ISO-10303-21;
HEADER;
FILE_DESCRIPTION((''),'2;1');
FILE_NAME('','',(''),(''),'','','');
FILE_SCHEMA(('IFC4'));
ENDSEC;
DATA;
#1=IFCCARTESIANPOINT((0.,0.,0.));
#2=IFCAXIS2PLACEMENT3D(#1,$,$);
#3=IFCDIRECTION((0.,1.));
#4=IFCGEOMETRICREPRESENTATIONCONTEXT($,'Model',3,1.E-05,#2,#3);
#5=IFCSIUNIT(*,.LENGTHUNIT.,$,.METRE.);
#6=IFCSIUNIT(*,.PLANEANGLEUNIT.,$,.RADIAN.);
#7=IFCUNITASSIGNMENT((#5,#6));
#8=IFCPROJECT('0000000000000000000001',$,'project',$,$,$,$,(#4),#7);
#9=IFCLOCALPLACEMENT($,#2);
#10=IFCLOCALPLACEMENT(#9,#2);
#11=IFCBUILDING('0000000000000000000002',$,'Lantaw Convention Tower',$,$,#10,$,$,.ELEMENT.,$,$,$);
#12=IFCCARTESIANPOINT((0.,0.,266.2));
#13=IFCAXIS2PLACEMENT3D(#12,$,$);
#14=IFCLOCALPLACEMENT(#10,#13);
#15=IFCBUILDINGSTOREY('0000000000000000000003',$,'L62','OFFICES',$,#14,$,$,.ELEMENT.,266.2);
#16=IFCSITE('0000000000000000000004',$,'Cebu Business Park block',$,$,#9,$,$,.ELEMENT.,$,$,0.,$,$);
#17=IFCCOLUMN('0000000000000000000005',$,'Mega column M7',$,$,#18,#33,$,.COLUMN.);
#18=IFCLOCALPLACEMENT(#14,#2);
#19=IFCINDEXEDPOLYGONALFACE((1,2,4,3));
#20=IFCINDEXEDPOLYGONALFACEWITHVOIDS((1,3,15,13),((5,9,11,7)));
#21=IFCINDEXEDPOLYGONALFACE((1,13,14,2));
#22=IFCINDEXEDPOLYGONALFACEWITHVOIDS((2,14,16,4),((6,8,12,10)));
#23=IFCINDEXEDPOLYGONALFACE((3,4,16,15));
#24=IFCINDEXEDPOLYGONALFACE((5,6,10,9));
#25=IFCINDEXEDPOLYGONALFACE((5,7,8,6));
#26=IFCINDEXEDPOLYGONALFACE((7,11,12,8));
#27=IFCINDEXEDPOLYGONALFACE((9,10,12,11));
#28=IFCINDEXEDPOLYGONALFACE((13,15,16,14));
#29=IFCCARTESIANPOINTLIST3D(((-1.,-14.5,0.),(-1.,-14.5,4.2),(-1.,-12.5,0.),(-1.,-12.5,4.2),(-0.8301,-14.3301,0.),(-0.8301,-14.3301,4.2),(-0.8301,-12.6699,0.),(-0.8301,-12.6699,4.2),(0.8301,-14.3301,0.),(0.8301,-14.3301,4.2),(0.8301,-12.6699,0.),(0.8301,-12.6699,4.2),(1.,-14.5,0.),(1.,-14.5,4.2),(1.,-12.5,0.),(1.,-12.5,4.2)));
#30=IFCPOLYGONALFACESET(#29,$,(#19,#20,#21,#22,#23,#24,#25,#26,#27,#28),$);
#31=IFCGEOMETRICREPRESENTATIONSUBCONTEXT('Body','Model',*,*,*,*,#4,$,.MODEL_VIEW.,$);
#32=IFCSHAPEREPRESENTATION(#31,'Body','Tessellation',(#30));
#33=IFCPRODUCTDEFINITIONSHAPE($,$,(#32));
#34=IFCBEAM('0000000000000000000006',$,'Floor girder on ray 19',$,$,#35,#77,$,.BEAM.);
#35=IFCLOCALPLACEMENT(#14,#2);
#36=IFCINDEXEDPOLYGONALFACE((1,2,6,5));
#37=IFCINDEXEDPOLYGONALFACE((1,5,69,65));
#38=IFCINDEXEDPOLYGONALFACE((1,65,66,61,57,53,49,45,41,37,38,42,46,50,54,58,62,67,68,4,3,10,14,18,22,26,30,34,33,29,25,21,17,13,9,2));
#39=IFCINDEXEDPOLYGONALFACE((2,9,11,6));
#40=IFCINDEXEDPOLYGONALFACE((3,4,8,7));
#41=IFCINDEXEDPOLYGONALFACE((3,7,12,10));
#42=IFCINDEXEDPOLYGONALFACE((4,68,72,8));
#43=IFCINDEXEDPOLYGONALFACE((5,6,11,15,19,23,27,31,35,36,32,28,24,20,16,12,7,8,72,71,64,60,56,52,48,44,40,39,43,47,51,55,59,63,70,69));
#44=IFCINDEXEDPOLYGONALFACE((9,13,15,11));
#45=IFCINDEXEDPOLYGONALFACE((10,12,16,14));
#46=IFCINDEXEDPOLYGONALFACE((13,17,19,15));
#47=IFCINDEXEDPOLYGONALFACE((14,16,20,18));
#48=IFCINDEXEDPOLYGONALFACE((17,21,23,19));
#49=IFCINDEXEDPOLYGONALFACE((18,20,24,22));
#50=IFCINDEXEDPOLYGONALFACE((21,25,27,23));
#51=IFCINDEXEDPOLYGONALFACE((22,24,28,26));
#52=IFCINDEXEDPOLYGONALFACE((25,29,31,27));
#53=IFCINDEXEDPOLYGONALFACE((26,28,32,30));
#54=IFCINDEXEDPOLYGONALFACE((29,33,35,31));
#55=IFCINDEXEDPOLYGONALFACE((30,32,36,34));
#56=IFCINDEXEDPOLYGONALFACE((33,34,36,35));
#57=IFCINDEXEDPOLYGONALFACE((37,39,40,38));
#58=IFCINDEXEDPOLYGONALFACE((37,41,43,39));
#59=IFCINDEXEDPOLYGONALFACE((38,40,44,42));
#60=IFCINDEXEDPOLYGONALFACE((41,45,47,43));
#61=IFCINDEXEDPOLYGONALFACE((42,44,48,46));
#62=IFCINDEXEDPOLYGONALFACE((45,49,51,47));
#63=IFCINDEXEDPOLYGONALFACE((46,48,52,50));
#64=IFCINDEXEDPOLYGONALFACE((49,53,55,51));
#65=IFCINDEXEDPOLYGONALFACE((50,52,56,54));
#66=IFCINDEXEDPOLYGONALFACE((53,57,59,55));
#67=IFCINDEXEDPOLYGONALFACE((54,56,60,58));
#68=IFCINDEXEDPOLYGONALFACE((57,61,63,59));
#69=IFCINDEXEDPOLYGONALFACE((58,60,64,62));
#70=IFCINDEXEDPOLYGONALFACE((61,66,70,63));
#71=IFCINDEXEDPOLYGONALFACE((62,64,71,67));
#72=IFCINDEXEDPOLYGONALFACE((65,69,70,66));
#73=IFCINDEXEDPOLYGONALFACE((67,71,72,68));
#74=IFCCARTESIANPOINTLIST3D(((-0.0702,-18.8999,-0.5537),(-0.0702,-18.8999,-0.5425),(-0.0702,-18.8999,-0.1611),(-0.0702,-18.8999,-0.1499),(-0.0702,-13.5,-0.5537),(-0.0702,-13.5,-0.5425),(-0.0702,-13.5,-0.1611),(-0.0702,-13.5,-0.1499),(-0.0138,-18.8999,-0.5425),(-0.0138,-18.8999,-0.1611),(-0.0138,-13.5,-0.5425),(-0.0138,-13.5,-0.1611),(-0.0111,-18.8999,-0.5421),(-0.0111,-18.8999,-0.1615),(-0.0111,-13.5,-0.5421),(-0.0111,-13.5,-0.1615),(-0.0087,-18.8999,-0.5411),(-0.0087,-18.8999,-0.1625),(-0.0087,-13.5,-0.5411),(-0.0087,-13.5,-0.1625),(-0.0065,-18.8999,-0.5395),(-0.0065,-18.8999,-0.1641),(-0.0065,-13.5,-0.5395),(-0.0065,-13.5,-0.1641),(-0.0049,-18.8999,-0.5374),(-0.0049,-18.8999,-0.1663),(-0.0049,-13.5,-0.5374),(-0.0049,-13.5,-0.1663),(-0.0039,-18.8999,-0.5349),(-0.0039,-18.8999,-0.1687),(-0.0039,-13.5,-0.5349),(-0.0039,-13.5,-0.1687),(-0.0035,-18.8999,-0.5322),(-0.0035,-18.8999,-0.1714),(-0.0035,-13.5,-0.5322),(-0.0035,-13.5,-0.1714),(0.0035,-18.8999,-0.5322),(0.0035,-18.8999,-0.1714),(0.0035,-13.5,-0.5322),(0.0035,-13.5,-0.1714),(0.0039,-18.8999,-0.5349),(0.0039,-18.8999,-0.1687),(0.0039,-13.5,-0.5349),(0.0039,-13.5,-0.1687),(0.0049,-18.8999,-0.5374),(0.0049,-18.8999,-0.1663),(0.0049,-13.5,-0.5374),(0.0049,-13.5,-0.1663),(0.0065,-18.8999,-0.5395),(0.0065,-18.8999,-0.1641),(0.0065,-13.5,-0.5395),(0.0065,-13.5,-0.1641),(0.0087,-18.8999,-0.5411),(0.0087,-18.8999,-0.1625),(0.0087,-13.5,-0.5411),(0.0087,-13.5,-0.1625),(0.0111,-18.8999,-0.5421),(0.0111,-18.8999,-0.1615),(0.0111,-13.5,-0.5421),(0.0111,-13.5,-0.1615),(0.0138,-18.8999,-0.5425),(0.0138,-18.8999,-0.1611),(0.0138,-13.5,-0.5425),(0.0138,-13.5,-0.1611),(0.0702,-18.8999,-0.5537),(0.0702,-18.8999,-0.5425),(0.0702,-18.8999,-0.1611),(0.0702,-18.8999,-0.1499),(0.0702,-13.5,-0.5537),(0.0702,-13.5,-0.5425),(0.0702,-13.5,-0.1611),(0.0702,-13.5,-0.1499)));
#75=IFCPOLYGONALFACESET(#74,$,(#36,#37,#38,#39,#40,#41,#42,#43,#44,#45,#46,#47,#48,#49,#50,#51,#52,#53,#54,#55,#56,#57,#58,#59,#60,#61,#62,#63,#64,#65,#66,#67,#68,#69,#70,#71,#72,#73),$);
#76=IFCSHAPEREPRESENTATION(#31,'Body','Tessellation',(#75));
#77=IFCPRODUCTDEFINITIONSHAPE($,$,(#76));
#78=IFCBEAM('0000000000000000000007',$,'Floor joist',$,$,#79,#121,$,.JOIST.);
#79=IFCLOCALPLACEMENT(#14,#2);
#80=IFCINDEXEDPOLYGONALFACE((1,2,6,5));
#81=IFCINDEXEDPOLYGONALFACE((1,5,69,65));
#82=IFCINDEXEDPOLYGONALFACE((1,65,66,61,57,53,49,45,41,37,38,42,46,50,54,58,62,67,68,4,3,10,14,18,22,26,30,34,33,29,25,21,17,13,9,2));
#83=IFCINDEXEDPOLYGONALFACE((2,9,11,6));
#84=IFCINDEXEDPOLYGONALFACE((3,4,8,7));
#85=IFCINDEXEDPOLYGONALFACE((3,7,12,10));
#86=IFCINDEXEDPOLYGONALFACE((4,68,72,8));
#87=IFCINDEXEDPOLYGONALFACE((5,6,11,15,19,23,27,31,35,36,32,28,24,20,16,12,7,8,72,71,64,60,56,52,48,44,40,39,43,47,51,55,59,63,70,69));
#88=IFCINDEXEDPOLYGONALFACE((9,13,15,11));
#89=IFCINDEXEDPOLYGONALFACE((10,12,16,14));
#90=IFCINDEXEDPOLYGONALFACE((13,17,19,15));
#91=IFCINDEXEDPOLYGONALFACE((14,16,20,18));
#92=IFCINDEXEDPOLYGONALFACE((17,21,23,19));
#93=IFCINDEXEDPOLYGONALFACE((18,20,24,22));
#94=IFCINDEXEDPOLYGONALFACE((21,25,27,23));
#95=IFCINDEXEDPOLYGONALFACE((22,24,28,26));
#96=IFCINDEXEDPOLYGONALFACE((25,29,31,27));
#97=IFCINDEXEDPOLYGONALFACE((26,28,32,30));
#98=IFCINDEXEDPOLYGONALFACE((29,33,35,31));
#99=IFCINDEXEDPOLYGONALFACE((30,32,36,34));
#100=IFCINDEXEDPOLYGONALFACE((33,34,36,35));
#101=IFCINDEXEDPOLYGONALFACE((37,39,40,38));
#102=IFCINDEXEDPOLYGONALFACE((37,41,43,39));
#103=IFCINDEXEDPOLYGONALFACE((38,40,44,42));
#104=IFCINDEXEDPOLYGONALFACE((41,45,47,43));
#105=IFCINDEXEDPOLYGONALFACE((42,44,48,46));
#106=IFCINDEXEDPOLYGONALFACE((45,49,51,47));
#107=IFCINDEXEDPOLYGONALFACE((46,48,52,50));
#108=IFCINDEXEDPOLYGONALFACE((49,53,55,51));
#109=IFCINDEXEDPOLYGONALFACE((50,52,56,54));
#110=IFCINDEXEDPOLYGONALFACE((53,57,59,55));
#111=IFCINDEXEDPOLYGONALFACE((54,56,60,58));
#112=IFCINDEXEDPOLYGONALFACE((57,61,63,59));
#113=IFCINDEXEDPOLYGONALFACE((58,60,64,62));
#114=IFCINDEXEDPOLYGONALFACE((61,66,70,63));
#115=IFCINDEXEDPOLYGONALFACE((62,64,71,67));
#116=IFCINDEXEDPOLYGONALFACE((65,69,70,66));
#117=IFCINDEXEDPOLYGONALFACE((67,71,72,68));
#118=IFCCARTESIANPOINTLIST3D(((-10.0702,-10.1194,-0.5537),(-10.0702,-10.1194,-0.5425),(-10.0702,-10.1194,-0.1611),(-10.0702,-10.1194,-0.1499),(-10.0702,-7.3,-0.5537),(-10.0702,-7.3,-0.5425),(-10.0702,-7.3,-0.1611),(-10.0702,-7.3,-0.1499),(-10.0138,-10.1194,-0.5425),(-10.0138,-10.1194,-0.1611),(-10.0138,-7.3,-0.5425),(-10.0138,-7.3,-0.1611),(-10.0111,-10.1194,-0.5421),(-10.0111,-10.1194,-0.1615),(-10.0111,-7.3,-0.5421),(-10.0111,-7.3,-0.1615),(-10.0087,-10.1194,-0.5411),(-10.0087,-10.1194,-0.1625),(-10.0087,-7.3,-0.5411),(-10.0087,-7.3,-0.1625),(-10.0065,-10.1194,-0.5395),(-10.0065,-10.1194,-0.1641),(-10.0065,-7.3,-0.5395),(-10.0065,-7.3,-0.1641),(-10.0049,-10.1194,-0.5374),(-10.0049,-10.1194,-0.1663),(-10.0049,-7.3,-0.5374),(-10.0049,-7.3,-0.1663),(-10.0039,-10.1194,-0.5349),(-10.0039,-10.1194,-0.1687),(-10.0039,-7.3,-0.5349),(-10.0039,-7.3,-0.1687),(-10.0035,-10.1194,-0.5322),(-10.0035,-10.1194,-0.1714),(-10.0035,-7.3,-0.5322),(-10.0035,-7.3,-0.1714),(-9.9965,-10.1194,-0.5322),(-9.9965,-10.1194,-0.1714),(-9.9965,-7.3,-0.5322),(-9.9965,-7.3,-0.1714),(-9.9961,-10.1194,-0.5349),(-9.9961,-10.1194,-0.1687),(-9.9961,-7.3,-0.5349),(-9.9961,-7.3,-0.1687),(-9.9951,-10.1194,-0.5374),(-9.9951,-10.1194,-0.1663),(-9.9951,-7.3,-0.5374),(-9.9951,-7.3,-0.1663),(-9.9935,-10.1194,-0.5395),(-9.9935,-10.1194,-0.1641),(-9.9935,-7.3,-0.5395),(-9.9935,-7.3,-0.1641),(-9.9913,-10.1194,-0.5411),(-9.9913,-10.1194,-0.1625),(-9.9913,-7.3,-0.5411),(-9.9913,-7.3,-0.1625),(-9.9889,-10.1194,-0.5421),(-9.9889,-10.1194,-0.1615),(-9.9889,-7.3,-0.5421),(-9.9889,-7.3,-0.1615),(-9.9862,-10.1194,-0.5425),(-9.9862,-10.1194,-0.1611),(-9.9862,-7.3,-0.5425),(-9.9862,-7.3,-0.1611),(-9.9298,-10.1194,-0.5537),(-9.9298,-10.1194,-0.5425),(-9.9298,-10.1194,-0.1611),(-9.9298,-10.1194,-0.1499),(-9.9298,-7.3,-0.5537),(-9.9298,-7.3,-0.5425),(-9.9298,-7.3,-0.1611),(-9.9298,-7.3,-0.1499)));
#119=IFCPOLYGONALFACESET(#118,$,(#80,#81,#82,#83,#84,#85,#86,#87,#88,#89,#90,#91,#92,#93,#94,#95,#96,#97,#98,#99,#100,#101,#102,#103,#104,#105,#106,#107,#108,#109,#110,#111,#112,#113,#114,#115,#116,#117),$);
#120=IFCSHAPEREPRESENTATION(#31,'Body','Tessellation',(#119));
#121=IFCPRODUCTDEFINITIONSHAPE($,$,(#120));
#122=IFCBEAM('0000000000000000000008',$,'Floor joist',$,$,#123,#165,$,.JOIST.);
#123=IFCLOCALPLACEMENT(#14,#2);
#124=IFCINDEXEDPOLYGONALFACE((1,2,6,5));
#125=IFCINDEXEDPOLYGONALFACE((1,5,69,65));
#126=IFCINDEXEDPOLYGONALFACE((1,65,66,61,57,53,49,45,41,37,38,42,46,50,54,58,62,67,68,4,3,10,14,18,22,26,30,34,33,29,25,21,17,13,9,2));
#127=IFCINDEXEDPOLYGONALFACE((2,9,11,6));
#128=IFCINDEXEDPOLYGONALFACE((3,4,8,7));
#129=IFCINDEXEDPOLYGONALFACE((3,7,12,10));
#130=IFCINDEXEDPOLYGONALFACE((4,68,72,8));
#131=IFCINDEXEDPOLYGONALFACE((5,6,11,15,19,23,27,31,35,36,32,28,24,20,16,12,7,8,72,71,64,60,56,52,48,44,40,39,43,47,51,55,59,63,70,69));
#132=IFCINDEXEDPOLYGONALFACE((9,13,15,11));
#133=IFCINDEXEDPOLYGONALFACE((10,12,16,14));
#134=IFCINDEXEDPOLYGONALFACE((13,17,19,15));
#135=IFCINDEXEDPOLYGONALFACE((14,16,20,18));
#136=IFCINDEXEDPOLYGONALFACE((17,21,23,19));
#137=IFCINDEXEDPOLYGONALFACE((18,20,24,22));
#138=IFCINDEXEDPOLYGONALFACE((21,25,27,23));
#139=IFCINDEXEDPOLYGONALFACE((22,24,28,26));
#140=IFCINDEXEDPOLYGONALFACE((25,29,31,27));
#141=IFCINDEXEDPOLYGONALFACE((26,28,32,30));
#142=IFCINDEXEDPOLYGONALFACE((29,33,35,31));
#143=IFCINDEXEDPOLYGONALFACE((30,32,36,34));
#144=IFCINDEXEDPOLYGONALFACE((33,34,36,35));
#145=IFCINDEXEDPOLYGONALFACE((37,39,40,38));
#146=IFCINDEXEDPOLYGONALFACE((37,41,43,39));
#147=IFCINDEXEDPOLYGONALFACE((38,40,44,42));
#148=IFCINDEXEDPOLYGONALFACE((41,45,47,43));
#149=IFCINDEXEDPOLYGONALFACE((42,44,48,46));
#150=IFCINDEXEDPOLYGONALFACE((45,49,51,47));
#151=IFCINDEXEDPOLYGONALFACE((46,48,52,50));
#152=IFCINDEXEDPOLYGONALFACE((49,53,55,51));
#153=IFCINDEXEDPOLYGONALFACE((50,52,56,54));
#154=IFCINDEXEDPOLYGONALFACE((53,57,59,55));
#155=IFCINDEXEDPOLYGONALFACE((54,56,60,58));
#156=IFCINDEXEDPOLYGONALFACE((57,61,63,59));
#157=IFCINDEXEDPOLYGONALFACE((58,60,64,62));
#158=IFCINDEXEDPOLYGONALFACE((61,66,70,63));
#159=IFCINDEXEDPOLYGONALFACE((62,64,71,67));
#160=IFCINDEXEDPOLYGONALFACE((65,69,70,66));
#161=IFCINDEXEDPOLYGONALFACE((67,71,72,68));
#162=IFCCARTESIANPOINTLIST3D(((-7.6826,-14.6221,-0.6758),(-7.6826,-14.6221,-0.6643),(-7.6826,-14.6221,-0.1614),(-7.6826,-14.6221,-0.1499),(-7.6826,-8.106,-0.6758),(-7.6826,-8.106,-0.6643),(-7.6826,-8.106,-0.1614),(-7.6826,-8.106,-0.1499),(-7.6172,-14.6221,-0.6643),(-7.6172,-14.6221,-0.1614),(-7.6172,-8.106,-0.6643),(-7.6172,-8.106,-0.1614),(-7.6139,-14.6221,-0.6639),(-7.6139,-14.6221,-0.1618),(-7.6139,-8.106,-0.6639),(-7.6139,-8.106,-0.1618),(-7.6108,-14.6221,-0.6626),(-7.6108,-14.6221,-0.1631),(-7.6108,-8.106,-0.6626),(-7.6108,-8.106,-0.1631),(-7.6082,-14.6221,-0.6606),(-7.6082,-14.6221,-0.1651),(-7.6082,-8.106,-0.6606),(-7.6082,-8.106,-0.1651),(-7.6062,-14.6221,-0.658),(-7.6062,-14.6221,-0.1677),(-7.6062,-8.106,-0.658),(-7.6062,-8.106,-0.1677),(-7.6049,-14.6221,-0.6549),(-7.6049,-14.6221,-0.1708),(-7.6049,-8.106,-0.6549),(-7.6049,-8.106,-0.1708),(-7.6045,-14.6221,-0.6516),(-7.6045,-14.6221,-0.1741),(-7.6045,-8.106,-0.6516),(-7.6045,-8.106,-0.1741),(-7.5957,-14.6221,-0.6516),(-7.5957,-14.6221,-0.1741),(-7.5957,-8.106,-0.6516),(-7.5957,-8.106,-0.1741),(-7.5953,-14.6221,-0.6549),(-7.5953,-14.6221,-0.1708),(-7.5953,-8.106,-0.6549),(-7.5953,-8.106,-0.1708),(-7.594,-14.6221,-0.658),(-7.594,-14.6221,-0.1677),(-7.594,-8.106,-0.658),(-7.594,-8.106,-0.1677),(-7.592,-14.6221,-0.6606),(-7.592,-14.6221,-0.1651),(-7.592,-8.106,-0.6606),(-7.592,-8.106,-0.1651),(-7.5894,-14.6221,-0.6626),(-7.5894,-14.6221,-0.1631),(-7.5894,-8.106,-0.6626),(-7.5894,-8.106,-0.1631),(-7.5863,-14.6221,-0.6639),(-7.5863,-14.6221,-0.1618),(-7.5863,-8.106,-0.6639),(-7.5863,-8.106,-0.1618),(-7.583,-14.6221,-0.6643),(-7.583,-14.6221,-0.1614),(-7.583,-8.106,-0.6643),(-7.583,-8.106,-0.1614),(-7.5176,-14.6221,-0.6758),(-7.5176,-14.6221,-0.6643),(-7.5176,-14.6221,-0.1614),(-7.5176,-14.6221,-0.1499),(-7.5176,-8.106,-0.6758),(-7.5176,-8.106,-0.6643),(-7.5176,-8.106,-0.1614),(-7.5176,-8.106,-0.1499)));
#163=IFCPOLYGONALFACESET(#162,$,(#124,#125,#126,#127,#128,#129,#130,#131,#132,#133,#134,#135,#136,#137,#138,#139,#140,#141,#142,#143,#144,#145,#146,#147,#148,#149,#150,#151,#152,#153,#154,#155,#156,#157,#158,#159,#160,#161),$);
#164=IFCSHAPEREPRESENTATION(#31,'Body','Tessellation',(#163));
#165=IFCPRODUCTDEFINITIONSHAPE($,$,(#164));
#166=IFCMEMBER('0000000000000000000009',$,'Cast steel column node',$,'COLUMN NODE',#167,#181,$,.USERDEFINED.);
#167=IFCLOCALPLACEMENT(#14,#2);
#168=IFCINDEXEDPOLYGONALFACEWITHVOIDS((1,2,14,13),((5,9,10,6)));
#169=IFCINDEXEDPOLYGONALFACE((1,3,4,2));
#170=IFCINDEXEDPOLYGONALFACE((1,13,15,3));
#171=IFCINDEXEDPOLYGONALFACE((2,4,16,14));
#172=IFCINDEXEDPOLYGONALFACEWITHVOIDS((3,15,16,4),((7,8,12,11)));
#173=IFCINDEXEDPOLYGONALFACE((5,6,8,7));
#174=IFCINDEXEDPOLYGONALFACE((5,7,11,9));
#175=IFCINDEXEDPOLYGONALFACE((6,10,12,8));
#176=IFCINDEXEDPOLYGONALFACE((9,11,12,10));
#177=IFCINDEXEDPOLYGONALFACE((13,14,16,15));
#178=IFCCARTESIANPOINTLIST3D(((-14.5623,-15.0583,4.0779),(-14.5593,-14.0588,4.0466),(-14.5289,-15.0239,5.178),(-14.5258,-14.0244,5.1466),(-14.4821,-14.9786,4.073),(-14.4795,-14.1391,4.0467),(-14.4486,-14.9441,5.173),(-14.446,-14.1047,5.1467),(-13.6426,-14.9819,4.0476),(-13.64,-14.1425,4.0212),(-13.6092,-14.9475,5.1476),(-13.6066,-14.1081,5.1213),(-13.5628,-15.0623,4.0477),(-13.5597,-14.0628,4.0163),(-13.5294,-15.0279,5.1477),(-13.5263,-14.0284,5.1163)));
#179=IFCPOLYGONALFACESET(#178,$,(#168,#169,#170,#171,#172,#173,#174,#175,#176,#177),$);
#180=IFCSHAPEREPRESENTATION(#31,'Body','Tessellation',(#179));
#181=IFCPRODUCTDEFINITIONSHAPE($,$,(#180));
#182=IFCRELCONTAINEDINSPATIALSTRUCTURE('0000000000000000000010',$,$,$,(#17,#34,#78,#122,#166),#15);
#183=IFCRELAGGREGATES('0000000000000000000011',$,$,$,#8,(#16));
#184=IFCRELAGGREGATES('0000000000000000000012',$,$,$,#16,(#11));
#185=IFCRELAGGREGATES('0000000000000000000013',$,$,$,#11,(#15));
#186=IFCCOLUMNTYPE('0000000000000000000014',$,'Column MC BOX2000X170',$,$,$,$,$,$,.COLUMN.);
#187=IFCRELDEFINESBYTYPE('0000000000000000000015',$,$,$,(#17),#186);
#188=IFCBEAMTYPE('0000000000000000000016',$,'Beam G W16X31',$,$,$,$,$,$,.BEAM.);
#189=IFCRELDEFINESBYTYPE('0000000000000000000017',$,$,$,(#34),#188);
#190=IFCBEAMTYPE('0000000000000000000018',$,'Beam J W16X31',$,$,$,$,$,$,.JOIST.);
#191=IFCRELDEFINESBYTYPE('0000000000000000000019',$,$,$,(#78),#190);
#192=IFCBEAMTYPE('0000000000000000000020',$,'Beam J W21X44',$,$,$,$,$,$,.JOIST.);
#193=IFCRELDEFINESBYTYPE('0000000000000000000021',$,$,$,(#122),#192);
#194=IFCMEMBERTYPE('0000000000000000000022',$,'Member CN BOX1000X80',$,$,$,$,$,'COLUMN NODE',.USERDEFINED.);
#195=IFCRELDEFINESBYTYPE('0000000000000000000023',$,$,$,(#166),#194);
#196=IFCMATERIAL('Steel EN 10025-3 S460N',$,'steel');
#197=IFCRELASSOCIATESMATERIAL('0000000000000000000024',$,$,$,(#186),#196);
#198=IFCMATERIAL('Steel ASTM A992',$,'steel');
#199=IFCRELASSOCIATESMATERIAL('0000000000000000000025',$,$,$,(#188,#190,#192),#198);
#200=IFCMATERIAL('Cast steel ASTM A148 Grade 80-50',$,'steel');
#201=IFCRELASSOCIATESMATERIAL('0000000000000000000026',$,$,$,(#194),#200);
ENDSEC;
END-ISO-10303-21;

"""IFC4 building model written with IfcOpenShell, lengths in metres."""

from ifc_helpers import new_model, si_unit, direction, frame, origin, origin_2d, place, context, subcontext, project, spatial, rectangle, hollow_rectangle, i_section, extrude, material, material_profile, profile_set, type_object, element, save


model = new_model("IFC4")

# Units and contexts
model_context = context("Model", 3, precision=1e-05, world=origin(), true_north=direction((0.0, 1.0)))
body_context = subcontext(model_context, "Body", "Model", "MODEL_VIEW")
ifc_project = project(units=[si_unit("LENGTHUNIT", "METRE"), si_unit("PLANEANGLEUNIT", "RADIAN")], contexts=[model_context])

# Site, building, storey
site_placement = place(None, origin())
site = spatial("IfcSite", under=ifc_project, at=site_placement, Name="Cebu Business Park block", CompositionType="ELEMENT", RefElevation=0.0)
building_placement = place(site_placement, origin())
building = spatial("IfcBuilding", under=site, at=building_placement, Name="Lantaw Convention Tower", CompositionType="ELEMENT")
storey_placement = place(building_placement, frame((0.0, 0.0, 266.2)))
storey = spatial("IfcBuildingStorey", under=building, at=storey_placement, Name="L62", Description="OFFICES", CompositionType="ELEMENT", Elevation=266.2)

# Column
ifc_material_1 = material(Name="Steel EN 10025-3 S460N", Category="steel")
ifc_material_profile_1 = material_profile(ifc_material_1, hollow_rectangle(XDim=2.0, YDim=2.0, WallThickness=0.1699, at=origin_2d()), Name="BOX2000X170")
ifc_material_2 = material(Name="Concrete C60/75", Category="concrete")
ifc_material_profile_2 = material_profile(ifc_material_2, rectangle(XDim=1.6599, YDim=1.6599, at=origin_2d()), Name="Concrete fill of BOX2000X170")
ifc_profile_set_1 = profile_set([ifc_material_profile_1, ifc_material_profile_2], Name="Steel EN 10025-3 S460N")
column_type = type_object("IfcColumnType", Name="Column MC BOX2000X170", PredefinedType="COLUMN", material=ifc_profile_set_1)
column_placement = place(storey_placement, frame((0.0, -13.5, 0.0), z_axis=(0.0, 0.0, 1.0), x_axis=(1.0, 0.0, 0.0)))
element("IfcColumn", 1, at=column_placement, inside=storey, type_object=column_type, Name="Mega column M7", PredefinedType="COLUMN", context=body_context, shape_type="SweptSolid", body=[
    extrude(hollow_rectangle(XDim=2.0, YDim=2.0, WallThickness=0.1699, at=origin_2d()), origin(), (0.0, 0.0, 1.0), 4.2),
])

# Beams
ifc_material_3 = material(Name="Steel ASTM A992", Category="steel")
ifc_material_profile_3 = material_profile(ifc_material_3, i_section(OverallWidth=0.1404, OverallDepth=0.4038, WebThickness=0.0071, FlangeThickness=0.0112, FilletRadius=0.0103, at=origin_2d()), Name="W16X31")
ifc_profile_set_2 = profile_set([ifc_material_profile_3], Name="Steel ASTM A992")
beam_type_1 = type_object("IfcBeamType", Name="Beam G W16X31", PredefinedType="BEAM", material=ifc_profile_set_2)
beam_1_placement = place(storey_placement, frame((0.0, -13.5, -0.3518), z_axis=(0.0, -1.0, 0.0), x_axis=(1.0, 0.0, 0.0)))
element("IfcBeam", 2, at=beam_1_placement, inside=storey, type_object=beam_type_1, Name="Floor girder on ray 19", PredefinedType="BEAM", context=body_context, shape_type="SweptSolid", body=[
    extrude(i_section(OverallWidth=0.1404, OverallDepth=0.4038, WebThickness=0.0071, FlangeThickness=0.0112, FilletRadius=0.0103, at=origin_2d()), origin(), (0.0, 0.0, 1.0), 5.3999),
])
ifc_material_profile_4 = material_profile(ifc_material_3, i_section(OverallWidth=0.1404, OverallDepth=0.4038, WebThickness=0.0071, FlangeThickness=0.0112, FilletRadius=0.0103, at=origin_2d()), Name="W16X31")
ifc_profile_set_3 = profile_set([ifc_material_profile_4], Name="Steel ASTM A992")
beam_type_2 = type_object("IfcBeamType", Name="Beam J W16X31", PredefinedType="JOIST", material=ifc_profile_set_3)
beam_2_placement = place(storey_placement, frame((-10.0, -10.1194, -0.3518), z_axis=(0.0, 1.0, 0.0), x_axis=(-1.0, 0.0, 0.0)))
element("IfcBeam", 3, at=beam_2_placement, inside=storey, type_object=beam_type_2, Name="Floor joist", PredefinedType="JOIST", context=body_context, shape_type="SweptSolid", body=[
    extrude(i_section(OverallWidth=0.1404, OverallDepth=0.4038, WebThickness=0.0071, FlangeThickness=0.0112, FilletRadius=0.0103, at=origin_2d()), origin(), (0.0, 0.0, 1.0), 2.8193),
])
ifc_material_profile_5 = material_profile(ifc_material_3, i_section(OverallWidth=0.165, OverallDepth=0.5259, WebThickness=0.0088, FlangeThickness=0.0115, FilletRadius=0.0127, at=origin_2d()), Name="W21X44")
ifc_profile_set_4 = profile_set([ifc_material_profile_5], Name="Steel ASTM A992")
beam_type_3 = type_object("IfcBeamType", Name="Beam J W21X44", PredefinedType="JOIST", material=ifc_profile_set_4)
beam_3_placement = place(storey_placement, frame((-7.6001, -14.6221, -0.4128), z_axis=(0.0, 1.0, 0.0), x_axis=(-1.0, 0.0, 0.0)))
element("IfcBeam", 4, at=beam_3_placement, inside=storey, type_object=beam_type_3, Name="Floor joist", PredefinedType="JOIST", context=body_context, shape_type="SweptSolid", body=[
    extrude(i_section(OverallWidth=0.165, OverallDepth=0.5259, WebThickness=0.0088, FlangeThickness=0.0115, FilletRadius=0.0127, at=origin_2d()), origin(), (0.0, 0.0, 1.0), 6.5161),
])

# Member
ifc_material_4 = material(Name="Cast steel ASTM A148 Grade 80-50", Category="steel")
ifc_material_profile_6 = material_profile(ifc_material_4, hollow_rectangle(XDim=1.0, YDim=1.0, WallThickness=0.0801, at=origin_2d()), Name="BOX1000X80")
ifc_profile_set_5 = profile_set([ifc_material_profile_6], Name="Cast steel ASTM A148 Grade 80-50")
member_type = type_object("IfcMemberType", Name="Member CN BOX1000X80", ElementType="COLUMN NODE", PredefinedType="USERDEFINED", material=ifc_profile_set_5)
member_1_placement = place(storey_placement, frame((-14.061, -14.5605, 4.0471), z_axis=(0.030375, 0.031262, 0.99905), x_axis=(0.999534, -0.004021, -0.030264)))
element("IfcMember", 5, at=member_1_placement, inside=storey, type_object=member_type, Name="Cast steel column node", ObjectType="COLUMN NODE", PredefinedType="USERDEFINED", context=body_context, shape_type="SweptSolid", body=[
    extrude(hollow_rectangle(XDim=1.0, YDim=1.0, WallThickness=0.0801, at=origin_2d()), origin(), (0.0, 0.0, 1.0), 1.1011),
])

save(model, "model.ifc")
